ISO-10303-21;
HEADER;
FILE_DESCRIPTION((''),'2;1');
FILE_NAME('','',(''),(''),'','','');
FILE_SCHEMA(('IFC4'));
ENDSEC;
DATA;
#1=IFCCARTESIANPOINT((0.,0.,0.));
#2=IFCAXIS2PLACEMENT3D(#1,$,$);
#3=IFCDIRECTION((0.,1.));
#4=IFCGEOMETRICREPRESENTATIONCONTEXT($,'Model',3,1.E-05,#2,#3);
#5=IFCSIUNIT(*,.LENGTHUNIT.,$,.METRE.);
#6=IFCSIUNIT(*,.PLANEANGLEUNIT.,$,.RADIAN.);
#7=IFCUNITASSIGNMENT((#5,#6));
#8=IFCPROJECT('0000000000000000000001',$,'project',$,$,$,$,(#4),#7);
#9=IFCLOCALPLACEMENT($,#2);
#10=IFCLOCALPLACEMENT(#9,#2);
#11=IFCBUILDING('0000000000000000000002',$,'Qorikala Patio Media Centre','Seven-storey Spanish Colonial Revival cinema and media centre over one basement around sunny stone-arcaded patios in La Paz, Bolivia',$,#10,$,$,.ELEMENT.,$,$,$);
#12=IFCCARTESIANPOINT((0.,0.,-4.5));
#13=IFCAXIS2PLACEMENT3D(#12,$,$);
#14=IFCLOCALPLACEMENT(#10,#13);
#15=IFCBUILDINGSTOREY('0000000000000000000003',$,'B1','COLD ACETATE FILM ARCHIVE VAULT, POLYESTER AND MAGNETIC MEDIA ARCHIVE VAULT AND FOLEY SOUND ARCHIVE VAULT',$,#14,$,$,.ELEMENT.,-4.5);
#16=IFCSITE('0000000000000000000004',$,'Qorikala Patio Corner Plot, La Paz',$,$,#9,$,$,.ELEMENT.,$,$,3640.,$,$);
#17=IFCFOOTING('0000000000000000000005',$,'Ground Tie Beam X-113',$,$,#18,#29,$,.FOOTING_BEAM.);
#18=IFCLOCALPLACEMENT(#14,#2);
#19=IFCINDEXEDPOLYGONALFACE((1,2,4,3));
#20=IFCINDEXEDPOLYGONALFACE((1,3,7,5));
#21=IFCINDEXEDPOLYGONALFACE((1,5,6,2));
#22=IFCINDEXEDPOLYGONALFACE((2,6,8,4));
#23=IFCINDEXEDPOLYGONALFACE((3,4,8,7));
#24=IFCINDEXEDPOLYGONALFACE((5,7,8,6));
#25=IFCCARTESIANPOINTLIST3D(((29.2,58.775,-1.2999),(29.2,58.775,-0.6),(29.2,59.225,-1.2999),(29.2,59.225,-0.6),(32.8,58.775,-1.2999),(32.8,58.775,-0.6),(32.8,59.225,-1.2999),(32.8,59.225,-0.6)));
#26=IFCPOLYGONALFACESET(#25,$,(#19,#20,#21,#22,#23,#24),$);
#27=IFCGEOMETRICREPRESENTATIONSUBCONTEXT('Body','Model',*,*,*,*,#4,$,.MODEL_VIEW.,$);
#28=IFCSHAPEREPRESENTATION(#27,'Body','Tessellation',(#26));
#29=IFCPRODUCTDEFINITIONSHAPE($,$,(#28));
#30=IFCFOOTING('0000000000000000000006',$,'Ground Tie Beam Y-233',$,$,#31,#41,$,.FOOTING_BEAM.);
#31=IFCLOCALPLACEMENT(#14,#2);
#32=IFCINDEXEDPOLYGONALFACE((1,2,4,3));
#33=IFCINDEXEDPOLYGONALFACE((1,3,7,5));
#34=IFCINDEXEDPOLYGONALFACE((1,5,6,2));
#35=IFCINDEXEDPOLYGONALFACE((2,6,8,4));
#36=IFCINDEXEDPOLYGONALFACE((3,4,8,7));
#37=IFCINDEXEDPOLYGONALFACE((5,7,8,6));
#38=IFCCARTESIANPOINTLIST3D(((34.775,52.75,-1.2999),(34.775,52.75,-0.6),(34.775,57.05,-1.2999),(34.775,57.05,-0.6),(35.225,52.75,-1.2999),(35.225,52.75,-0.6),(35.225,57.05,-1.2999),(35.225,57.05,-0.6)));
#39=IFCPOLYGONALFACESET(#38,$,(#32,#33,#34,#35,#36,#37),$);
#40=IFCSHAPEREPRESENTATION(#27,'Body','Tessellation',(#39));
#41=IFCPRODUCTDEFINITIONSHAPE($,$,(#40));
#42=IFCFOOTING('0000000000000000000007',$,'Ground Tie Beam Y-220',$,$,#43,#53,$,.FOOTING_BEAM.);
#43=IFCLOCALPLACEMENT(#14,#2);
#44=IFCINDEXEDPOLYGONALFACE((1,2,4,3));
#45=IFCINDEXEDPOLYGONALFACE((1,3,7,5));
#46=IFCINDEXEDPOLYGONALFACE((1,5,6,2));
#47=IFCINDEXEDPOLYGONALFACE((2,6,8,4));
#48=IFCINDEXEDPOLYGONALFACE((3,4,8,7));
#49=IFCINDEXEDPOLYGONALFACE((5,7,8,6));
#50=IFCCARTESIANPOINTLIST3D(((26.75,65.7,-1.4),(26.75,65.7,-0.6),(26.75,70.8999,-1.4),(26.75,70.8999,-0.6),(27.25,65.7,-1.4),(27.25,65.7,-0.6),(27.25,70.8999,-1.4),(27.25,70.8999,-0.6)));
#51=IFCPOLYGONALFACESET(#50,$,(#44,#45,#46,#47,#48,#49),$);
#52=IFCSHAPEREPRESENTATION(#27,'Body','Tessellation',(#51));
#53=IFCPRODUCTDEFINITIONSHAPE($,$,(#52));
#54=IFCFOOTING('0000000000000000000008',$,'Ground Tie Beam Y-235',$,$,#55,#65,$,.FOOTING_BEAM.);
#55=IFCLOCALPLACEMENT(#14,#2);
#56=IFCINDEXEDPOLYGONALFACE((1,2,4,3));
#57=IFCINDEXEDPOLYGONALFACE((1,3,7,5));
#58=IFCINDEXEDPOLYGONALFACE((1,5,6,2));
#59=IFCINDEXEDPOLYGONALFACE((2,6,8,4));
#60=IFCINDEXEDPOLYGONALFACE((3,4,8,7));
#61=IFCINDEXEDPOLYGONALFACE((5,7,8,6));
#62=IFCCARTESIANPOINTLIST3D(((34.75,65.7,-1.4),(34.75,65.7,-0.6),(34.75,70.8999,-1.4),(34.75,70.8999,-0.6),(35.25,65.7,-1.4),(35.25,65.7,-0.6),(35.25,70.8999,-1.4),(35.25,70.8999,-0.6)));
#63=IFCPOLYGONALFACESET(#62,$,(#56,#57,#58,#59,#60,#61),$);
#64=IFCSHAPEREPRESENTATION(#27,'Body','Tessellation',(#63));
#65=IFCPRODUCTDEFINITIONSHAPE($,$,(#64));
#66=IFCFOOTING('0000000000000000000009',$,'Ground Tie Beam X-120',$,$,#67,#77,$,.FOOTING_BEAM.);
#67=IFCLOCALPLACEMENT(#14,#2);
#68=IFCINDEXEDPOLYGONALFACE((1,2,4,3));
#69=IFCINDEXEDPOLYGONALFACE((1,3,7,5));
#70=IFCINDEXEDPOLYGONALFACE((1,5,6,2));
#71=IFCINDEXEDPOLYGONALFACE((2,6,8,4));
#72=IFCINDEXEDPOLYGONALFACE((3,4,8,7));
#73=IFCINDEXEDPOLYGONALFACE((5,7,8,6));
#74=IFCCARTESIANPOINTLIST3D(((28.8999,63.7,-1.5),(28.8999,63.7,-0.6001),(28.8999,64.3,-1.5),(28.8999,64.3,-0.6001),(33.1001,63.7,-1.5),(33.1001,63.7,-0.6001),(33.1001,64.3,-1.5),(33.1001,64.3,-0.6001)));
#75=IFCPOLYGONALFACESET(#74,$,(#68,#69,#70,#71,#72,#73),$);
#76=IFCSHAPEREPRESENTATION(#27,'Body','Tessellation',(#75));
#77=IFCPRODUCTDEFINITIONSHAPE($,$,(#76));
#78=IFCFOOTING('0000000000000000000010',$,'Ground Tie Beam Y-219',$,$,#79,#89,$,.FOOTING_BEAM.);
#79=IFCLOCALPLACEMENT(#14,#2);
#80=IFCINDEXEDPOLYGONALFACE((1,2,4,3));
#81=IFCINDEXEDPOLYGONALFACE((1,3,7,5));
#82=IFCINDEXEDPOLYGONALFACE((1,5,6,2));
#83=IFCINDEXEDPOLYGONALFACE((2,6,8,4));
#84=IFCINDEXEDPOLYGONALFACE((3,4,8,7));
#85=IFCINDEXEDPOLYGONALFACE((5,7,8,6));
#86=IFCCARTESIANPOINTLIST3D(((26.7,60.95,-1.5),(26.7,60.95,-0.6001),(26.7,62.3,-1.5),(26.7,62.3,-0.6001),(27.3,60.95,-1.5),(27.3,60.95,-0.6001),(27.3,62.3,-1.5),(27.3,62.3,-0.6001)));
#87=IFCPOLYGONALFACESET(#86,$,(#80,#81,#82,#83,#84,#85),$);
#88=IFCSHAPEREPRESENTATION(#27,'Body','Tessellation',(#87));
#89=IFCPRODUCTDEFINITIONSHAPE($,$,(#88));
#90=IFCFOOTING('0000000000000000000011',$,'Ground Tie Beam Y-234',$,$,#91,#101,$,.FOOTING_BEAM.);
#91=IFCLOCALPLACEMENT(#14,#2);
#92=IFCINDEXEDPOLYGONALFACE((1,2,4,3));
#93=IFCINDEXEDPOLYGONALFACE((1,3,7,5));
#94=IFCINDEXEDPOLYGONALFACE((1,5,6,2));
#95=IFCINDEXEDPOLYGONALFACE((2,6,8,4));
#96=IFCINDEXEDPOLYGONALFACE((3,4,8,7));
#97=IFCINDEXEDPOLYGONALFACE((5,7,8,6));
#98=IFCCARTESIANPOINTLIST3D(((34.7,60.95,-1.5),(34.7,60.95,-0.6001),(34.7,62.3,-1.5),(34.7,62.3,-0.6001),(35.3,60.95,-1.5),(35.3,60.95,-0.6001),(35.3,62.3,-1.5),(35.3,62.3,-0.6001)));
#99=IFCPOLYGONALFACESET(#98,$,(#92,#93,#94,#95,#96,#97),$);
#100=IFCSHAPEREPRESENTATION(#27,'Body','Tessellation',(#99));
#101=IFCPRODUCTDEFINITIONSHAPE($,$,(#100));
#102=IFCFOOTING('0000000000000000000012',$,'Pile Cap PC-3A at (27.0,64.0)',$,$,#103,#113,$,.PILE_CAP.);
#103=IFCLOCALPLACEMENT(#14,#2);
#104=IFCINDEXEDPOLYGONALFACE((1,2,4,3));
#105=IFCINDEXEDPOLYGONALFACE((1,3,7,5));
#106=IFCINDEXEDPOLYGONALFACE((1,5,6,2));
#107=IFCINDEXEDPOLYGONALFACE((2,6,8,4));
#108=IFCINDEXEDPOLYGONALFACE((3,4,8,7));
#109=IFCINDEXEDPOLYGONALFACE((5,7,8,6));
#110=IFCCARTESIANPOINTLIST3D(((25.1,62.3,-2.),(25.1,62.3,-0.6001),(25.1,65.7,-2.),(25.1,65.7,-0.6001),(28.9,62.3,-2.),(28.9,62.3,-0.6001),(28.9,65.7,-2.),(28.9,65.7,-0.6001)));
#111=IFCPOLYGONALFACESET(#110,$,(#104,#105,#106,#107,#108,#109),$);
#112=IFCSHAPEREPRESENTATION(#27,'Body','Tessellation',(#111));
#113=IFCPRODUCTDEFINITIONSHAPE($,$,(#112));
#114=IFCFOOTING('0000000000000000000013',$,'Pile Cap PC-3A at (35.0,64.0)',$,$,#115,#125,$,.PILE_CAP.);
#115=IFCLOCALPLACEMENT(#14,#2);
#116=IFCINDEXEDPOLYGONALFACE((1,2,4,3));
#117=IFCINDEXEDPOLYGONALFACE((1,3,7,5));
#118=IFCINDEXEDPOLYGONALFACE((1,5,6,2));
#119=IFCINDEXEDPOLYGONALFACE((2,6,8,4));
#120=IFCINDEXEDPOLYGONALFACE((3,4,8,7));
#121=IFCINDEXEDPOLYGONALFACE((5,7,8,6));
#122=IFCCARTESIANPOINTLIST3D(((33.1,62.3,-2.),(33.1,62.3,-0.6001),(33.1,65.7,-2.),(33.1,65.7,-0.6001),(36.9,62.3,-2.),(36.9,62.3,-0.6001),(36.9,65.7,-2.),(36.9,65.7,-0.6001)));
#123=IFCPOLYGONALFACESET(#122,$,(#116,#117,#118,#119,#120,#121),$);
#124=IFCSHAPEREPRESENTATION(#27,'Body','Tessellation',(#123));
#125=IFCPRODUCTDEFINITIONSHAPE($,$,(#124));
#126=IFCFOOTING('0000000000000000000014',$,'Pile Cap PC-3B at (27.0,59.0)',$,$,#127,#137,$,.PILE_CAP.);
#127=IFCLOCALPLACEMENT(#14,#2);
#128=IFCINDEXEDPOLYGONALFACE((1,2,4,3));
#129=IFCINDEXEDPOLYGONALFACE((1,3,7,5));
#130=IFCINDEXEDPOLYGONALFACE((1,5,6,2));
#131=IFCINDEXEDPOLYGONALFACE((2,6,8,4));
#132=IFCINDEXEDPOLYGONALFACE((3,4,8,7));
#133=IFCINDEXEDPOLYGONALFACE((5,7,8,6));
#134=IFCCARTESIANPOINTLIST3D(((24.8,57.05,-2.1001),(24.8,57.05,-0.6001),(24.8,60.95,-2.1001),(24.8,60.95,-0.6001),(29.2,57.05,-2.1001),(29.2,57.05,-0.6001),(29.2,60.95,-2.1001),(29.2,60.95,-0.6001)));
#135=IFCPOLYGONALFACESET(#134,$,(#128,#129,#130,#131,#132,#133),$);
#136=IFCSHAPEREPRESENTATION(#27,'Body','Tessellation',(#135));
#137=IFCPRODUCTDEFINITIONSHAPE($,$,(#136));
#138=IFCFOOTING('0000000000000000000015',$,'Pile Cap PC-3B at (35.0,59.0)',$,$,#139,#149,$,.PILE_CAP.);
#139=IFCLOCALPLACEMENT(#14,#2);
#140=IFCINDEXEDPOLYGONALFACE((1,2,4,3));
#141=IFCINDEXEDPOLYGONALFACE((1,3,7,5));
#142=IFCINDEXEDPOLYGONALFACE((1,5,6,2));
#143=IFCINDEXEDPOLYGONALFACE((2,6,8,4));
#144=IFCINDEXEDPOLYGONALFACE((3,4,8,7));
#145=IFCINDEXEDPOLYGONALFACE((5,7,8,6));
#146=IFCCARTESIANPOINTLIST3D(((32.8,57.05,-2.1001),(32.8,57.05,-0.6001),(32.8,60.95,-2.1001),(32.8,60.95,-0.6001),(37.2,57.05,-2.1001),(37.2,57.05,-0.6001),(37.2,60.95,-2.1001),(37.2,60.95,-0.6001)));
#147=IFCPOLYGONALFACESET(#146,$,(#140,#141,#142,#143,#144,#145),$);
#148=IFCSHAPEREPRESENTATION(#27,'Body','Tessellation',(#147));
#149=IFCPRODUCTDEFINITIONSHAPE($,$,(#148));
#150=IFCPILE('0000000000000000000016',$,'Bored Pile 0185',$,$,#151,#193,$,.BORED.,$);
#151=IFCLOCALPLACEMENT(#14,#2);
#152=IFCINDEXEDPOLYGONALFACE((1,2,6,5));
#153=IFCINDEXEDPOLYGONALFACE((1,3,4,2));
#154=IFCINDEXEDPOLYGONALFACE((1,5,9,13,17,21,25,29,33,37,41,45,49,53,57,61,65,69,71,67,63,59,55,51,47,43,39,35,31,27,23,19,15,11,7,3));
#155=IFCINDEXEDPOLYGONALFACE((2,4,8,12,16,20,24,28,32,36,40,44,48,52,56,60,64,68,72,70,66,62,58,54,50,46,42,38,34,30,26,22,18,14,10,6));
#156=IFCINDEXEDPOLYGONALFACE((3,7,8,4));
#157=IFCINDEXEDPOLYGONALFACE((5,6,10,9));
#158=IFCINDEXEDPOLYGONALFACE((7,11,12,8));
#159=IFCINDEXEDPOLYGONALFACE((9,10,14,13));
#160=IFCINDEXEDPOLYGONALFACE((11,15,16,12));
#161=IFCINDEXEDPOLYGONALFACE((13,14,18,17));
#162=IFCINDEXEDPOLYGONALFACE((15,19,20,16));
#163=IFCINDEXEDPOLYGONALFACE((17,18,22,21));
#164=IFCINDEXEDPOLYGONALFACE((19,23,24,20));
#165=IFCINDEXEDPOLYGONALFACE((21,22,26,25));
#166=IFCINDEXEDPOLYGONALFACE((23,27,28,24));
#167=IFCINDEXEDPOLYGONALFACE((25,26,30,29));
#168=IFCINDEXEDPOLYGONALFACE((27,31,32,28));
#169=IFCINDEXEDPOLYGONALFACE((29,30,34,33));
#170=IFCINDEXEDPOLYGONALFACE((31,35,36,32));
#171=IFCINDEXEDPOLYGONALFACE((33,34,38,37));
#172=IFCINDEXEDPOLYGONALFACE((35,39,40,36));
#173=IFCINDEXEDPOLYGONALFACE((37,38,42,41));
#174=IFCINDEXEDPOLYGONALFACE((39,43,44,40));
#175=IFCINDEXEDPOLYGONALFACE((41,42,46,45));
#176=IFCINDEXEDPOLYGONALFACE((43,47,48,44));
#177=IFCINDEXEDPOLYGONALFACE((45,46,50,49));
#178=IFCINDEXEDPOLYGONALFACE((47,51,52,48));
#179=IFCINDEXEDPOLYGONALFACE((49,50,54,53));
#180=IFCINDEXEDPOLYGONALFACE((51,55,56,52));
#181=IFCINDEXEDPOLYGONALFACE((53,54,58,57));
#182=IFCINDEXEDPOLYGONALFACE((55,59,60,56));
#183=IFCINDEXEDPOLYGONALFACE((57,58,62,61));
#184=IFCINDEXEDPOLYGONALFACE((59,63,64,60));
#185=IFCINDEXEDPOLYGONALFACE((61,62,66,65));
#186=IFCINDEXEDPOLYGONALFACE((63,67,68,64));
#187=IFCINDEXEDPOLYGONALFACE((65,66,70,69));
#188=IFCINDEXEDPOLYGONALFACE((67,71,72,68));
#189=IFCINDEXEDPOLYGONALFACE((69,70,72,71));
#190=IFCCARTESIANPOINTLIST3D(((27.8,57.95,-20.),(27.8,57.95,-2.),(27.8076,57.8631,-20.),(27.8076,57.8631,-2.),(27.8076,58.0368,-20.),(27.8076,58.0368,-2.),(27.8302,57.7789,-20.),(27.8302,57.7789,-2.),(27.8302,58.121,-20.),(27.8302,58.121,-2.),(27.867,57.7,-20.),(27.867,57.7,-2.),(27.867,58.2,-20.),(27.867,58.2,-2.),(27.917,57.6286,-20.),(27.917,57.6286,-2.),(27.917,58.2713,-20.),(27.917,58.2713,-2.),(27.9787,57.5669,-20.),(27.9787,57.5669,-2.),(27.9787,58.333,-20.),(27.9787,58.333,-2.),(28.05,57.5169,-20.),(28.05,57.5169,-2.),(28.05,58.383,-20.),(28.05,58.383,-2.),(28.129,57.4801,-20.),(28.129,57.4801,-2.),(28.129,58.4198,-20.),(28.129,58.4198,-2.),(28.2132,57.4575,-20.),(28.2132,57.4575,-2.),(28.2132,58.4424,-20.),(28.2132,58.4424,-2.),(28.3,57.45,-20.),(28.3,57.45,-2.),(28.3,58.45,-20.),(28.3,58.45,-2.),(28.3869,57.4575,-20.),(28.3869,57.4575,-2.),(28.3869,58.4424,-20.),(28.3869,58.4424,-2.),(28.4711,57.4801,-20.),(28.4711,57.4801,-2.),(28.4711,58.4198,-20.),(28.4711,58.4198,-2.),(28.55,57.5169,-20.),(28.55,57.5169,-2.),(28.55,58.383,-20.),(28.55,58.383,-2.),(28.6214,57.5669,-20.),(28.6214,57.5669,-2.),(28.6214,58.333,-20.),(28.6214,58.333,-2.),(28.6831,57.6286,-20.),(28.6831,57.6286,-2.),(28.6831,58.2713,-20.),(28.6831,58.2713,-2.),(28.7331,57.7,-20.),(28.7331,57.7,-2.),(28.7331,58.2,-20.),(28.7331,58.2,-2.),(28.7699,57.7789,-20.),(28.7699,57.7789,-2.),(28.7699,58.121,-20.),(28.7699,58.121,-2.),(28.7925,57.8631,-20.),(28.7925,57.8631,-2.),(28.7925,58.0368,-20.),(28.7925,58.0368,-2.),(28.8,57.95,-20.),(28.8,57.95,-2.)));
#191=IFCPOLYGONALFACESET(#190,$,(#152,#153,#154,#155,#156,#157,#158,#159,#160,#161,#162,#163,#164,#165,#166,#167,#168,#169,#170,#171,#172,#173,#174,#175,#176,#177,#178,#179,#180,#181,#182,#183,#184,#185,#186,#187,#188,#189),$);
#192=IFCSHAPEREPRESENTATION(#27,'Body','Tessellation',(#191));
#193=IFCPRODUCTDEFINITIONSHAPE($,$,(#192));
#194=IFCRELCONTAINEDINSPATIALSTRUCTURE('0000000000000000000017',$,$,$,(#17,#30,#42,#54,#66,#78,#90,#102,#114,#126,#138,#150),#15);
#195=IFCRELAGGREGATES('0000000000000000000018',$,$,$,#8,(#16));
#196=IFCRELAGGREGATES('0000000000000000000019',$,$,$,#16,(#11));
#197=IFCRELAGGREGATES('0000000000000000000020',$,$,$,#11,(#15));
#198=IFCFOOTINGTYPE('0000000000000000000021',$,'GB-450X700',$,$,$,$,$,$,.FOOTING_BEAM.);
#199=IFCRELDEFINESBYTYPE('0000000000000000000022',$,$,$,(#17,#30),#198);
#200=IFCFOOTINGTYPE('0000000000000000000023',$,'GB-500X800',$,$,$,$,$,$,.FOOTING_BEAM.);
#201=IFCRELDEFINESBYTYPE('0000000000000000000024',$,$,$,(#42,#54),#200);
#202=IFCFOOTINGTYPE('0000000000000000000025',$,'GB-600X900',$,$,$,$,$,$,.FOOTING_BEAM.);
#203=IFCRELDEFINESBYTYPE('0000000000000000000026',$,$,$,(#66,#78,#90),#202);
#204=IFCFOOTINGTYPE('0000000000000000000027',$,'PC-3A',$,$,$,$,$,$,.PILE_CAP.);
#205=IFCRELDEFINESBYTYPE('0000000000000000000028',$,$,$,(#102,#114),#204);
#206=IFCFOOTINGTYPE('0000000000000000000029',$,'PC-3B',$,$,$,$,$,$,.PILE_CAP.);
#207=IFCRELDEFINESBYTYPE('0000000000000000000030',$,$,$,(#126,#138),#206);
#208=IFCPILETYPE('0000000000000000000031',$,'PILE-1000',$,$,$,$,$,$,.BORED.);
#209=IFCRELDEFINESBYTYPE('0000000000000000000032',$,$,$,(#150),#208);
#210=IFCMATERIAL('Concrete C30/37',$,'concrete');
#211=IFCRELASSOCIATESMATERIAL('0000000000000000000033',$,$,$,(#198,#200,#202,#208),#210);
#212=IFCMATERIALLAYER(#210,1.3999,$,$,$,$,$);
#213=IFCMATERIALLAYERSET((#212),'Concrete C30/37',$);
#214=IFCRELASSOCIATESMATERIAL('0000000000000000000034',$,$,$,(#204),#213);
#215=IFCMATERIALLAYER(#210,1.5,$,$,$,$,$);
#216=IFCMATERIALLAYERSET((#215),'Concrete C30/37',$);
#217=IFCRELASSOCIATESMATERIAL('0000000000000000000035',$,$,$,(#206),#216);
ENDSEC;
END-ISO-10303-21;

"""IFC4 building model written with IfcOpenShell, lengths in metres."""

from ifc_helpers import new_model, si_unit, direction, frame, origin, origin_2d, place, context, subcontext, project, spatial, rectangle, circle, extrude, material, layer, layer_set, material_profile, profile_set, type_object, element, save


model = new_model("IFC4")

# Units and contexts
model_context = context("Model", 3, precision=1e-05, world=origin(), true_north=direction((0.0, 1.0)))
body_context = subcontext(model_context, "Body", "Model", "MODEL_VIEW")
ifc_project = project(units=[si_unit("LENGTHUNIT", "METRE"), si_unit("PLANEANGLEUNIT", "RADIAN")], contexts=[model_context])

# Site, building, storey
site_placement = place(None, origin())
site = spatial("IfcSite", under=ifc_project, at=site_placement, Name="Qorikala Patio Corner Plot, La Paz", CompositionType="ELEMENT", RefElevation=3640.0)
building_placement = place(site_placement, origin())
building = spatial("IfcBuilding", under=site, at=building_placement, Name="Qorikala Patio Media Centre", Description="Seven-storey Spanish Colonial Revival cinema and media centre over one basement around sunny stone-arcaded patios in La Paz, Bolivia", CompositionType="ELEMENT")
storey_placement = place(building_placement, frame((0.0, 0.0, -4.5)))
storey = spatial("IfcBuildingStorey", under=building, at=storey_placement, Name="B1", Description="COLD ACETATE FILM ARCHIVE VAULT, POLYESTER AND MAGNETIC MEDIA ARCHIVE VAULT AND FOLEY SOUND ARCHIVE VAULT", CompositionType="ELEMENT", Elevation=-4.5)

# Footings
ifc_material_1 = material(Name="Concrete C30/37", Category="concrete")
ifc_material_profile_1 = material_profile(ifc_material_1, rectangle(XDim=0.45, YDim=0.7, at=origin_2d()), Name="RC 450x700")
ifc_profile_set_1 = profile_set([ifc_material_profile_1], Name="Concrete C30/37")
footing_type_1 = type_object("IfcFootingType", Name="GB-450X700", PredefinedType="FOOTING_BEAM", material=ifc_profile_set_1)
footing_1_placement = place(storey_placement, frame((29.2, 59.0, -0.95), z_axis=(1.0, 0.0, 0.0), x_axis=(0.0, 1.0, 0.0)))
element("IfcFooting", 1, at=footing_1_placement, inside=storey, type_object=footing_type_1, Name="Ground Tie Beam X-113", PredefinedType="FOOTING_BEAM", context=body_context, shape_type="SweptSolid", body=[
    extrude(rectangle(XDim=0.45, YDim=0.7, at=origin_2d()), origin(), (0.0, 0.0, 1.0), 3.6001),
])
footing_2_placement = place(storey_placement, frame((35.0, 52.75, -0.95), z_axis=(0.0, 1.0, 0.0), x_axis=(-1.0, 0.0, 0.0)))
element("IfcFooting", 2, at=footing_2_placement, inside=storey, type_object=footing_type_1, Name="Ground Tie Beam Y-233", PredefinedType="FOOTING_BEAM", context=body_context, shape_type="SweptSolid", body=[
    extrude(rectangle(XDim=0.45, YDim=0.7, at=origin_2d()), origin(), (0.0, 0.0, 1.0), 4.3),
])
ifc_material_profile_2 = material_profile(ifc_material_1, rectangle(XDim=0.5, YDim=0.8, at=origin_2d()), Name="RC 500x800")
ifc_profile_set_2 = profile_set([ifc_material_profile_2], Name="Concrete C30/37")
footing_type_2 = type_object("IfcFootingType", Name="GB-500X800", PredefinedType="FOOTING_BEAM", material=ifc_profile_set_2)
for number, where, z_axis, x_axis, name in (
    (3, (27.0, 65.7, -1.0), (0.0, 1.0, 0.0), (-1.0, 0.0, 0.0), "Ground Tie Beam Y-220"),
    (4, (35.0, 65.7, -1.0), (0.0, 1.0, 0.0), (-1.0, 0.0, 0.0), "Ground Tie Beam Y-235"),
):
    element("IfcFooting", number, at=place(storey_placement, frame(where, z_axis=z_axis, x_axis=x_axis)), inside=storey, type_object=footing_type_2, Name=name, PredefinedType="FOOTING_BEAM", context=body_context, shape_type="SweptSolid", body=[
        extrude(rectangle(XDim=0.5, YDim=0.8, at=origin_2d()), origin(), (0.0, 0.0, 1.0), 5.2),
    ])
ifc_material_profile_3 = material_profile(ifc_material_1, rectangle(XDim=0.6001, YDim=0.8999, at=origin_2d()), Name="RC 600x900")
ifc_profile_set_3 = profile_set([ifc_material_profile_3], Name="Concrete C30/37")
footing_type_3 = type_object("IfcFootingType", Name="GB-600X900", PredefinedType="FOOTING_BEAM", material=ifc_profile_set_3)
footing_3_placement = place(storey_placement, frame((28.8999, 64.0, -1.05), z_axis=(1.0, 0.0, 0.0), x_axis=(0.0, 1.0, 0.0)))
element("IfcFooting", 5, at=footing_3_placement, inside=storey, type_object=footing_type_3, Name="Ground Tie Beam X-120", PredefinedType="FOOTING_BEAM", context=body_context, shape_type="SweptSolid", body=[
    extrude(rectangle(XDim=0.6001, YDim=0.8999, at=origin_2d()), origin(), (0.0, 0.0, 1.0), 4.2002),
])
for number, where, z_axis, x_axis, name in (
    (6, (27.0, 60.95, -1.05), (0.0, 1.0, 0.0), (-1.0, 0.0, 0.0), "Ground Tie Beam Y-219"),
    (7, (35.0, 60.95, -1.05), (0.0, 1.0, 0.0), (-1.0, 0.0, 0.0), "Ground Tie Beam Y-234"),
):
    element("IfcFooting", number, at=place(storey_placement, frame(where, z_axis=z_axis, x_axis=x_axis)), inside=storey, type_object=footing_type_3, Name=name, PredefinedType="FOOTING_BEAM", context=body_context, shape_type="SweptSolid", body=[
        extrude(rectangle(XDim=0.6001, YDim=0.8999, at=origin_2d()), origin(), (0.0, 0.0, 1.0), 1.3501),
    ])
ifc_layer_1 = layer(ifc_material_1, 1.3999)
ifc_layer_set_1 = layer_set([ifc_layer_1], Name="Concrete C30/37")
footing_type_4 = type_object("IfcFootingType", Name="PC-3A", PredefinedType="PILE_CAP", material=ifc_layer_set_1)
for number, where, z_axis, x_axis, name in (
    (8, (27.0, 64.0, -2.0), (0.0, 0.0, 1.0), (1.0, 0.0, 0.0), "Pile Cap PC-3A at (27.0,64.0)"),
    (9, (35.0, 64.0, -2.0), (0.0, 0.0, 1.0), (1.0, 0.0, 0.0), "Pile Cap PC-3A at (35.0,64.0)"),
):
    element("IfcFooting", number, at=place(storey_placement, frame(where, z_axis=z_axis, x_axis=x_axis)), inside=storey, type_object=footing_type_4, Name=name, PredefinedType="PILE_CAP", context=body_context, shape_type="SweptSolid", body=[
        extrude(rectangle(XDim=3.8, YDim=3.3999, at=origin_2d()), origin(), (0.0, 0.0, 1.0), 1.3999),
    ])
ifc_layer_2 = layer(ifc_material_1, 1.5)
ifc_layer_set_2 = layer_set([ifc_layer_2], Name="Concrete C30/37")
footing_type_5 = type_object("IfcFootingType", Name="PC-3B", PredefinedType="PILE_CAP", material=ifc_layer_set_2)
for number, where, z_axis, x_axis, name in (
    (10, (27.0, 59.0, -2.1001), (0.0, 0.0, 1.0), (1.0, 0.0, 0.0), "Pile Cap PC-3B at (27.0,59.0)"),
    (11, (35.0, 59.0, -2.1001), (0.0, 0.0, 1.0), (1.0, 0.0, 0.0), "Pile Cap PC-3B at (35.0,59.0)"),
):
    element("IfcFooting", number, at=place(storey_placement, frame(where, z_axis=z_axis, x_axis=x_axis)), inside=storey, type_object=footing_type_5, Name=name, PredefinedType="PILE_CAP", context=body_context, shape_type="SweptSolid", body=[
        extrude(rectangle(XDim=4.3999, YDim=3.8999, at=origin_2d()), origin(), (0.0, 0.0, 1.0), 1.5),
    ])

# Pile
ifc_material_profile_4 = material_profile(ifc_material_1, circle(Radius=0.5, at=origin_2d()), Name="BORED PILE 1000")
ifc_profile_set_4 = profile_set([ifc_material_profile_4], Name="Concrete C30/37")
pile_type_1 = type_object("IfcPileType", Name="PILE-1000", PredefinedType="BORED", material=ifc_profile_set_4)
for number, where, z_axis, x_axis, name in (
    (12, (28.3, 57.95, -2.0), (0.0, 0.0, -1.0), (1.0, 0.0, 0.0), "Bored Pile 0185"),
):
    element("IfcPile", number, at=place(storey_placement, frame(where, z_axis=z_axis, x_axis=x_axis)), inside=storey, type_object=pile_type_1, Name=name, PredefinedType="BORED", context=body_context, shape_type="SweptSolid", body=[
        extrude(circle(Radius=0.5, at=origin_2d()), origin(), (0.0, 0.0, 1.0), 18.0),
    ])

save(model, "model.ifc")
